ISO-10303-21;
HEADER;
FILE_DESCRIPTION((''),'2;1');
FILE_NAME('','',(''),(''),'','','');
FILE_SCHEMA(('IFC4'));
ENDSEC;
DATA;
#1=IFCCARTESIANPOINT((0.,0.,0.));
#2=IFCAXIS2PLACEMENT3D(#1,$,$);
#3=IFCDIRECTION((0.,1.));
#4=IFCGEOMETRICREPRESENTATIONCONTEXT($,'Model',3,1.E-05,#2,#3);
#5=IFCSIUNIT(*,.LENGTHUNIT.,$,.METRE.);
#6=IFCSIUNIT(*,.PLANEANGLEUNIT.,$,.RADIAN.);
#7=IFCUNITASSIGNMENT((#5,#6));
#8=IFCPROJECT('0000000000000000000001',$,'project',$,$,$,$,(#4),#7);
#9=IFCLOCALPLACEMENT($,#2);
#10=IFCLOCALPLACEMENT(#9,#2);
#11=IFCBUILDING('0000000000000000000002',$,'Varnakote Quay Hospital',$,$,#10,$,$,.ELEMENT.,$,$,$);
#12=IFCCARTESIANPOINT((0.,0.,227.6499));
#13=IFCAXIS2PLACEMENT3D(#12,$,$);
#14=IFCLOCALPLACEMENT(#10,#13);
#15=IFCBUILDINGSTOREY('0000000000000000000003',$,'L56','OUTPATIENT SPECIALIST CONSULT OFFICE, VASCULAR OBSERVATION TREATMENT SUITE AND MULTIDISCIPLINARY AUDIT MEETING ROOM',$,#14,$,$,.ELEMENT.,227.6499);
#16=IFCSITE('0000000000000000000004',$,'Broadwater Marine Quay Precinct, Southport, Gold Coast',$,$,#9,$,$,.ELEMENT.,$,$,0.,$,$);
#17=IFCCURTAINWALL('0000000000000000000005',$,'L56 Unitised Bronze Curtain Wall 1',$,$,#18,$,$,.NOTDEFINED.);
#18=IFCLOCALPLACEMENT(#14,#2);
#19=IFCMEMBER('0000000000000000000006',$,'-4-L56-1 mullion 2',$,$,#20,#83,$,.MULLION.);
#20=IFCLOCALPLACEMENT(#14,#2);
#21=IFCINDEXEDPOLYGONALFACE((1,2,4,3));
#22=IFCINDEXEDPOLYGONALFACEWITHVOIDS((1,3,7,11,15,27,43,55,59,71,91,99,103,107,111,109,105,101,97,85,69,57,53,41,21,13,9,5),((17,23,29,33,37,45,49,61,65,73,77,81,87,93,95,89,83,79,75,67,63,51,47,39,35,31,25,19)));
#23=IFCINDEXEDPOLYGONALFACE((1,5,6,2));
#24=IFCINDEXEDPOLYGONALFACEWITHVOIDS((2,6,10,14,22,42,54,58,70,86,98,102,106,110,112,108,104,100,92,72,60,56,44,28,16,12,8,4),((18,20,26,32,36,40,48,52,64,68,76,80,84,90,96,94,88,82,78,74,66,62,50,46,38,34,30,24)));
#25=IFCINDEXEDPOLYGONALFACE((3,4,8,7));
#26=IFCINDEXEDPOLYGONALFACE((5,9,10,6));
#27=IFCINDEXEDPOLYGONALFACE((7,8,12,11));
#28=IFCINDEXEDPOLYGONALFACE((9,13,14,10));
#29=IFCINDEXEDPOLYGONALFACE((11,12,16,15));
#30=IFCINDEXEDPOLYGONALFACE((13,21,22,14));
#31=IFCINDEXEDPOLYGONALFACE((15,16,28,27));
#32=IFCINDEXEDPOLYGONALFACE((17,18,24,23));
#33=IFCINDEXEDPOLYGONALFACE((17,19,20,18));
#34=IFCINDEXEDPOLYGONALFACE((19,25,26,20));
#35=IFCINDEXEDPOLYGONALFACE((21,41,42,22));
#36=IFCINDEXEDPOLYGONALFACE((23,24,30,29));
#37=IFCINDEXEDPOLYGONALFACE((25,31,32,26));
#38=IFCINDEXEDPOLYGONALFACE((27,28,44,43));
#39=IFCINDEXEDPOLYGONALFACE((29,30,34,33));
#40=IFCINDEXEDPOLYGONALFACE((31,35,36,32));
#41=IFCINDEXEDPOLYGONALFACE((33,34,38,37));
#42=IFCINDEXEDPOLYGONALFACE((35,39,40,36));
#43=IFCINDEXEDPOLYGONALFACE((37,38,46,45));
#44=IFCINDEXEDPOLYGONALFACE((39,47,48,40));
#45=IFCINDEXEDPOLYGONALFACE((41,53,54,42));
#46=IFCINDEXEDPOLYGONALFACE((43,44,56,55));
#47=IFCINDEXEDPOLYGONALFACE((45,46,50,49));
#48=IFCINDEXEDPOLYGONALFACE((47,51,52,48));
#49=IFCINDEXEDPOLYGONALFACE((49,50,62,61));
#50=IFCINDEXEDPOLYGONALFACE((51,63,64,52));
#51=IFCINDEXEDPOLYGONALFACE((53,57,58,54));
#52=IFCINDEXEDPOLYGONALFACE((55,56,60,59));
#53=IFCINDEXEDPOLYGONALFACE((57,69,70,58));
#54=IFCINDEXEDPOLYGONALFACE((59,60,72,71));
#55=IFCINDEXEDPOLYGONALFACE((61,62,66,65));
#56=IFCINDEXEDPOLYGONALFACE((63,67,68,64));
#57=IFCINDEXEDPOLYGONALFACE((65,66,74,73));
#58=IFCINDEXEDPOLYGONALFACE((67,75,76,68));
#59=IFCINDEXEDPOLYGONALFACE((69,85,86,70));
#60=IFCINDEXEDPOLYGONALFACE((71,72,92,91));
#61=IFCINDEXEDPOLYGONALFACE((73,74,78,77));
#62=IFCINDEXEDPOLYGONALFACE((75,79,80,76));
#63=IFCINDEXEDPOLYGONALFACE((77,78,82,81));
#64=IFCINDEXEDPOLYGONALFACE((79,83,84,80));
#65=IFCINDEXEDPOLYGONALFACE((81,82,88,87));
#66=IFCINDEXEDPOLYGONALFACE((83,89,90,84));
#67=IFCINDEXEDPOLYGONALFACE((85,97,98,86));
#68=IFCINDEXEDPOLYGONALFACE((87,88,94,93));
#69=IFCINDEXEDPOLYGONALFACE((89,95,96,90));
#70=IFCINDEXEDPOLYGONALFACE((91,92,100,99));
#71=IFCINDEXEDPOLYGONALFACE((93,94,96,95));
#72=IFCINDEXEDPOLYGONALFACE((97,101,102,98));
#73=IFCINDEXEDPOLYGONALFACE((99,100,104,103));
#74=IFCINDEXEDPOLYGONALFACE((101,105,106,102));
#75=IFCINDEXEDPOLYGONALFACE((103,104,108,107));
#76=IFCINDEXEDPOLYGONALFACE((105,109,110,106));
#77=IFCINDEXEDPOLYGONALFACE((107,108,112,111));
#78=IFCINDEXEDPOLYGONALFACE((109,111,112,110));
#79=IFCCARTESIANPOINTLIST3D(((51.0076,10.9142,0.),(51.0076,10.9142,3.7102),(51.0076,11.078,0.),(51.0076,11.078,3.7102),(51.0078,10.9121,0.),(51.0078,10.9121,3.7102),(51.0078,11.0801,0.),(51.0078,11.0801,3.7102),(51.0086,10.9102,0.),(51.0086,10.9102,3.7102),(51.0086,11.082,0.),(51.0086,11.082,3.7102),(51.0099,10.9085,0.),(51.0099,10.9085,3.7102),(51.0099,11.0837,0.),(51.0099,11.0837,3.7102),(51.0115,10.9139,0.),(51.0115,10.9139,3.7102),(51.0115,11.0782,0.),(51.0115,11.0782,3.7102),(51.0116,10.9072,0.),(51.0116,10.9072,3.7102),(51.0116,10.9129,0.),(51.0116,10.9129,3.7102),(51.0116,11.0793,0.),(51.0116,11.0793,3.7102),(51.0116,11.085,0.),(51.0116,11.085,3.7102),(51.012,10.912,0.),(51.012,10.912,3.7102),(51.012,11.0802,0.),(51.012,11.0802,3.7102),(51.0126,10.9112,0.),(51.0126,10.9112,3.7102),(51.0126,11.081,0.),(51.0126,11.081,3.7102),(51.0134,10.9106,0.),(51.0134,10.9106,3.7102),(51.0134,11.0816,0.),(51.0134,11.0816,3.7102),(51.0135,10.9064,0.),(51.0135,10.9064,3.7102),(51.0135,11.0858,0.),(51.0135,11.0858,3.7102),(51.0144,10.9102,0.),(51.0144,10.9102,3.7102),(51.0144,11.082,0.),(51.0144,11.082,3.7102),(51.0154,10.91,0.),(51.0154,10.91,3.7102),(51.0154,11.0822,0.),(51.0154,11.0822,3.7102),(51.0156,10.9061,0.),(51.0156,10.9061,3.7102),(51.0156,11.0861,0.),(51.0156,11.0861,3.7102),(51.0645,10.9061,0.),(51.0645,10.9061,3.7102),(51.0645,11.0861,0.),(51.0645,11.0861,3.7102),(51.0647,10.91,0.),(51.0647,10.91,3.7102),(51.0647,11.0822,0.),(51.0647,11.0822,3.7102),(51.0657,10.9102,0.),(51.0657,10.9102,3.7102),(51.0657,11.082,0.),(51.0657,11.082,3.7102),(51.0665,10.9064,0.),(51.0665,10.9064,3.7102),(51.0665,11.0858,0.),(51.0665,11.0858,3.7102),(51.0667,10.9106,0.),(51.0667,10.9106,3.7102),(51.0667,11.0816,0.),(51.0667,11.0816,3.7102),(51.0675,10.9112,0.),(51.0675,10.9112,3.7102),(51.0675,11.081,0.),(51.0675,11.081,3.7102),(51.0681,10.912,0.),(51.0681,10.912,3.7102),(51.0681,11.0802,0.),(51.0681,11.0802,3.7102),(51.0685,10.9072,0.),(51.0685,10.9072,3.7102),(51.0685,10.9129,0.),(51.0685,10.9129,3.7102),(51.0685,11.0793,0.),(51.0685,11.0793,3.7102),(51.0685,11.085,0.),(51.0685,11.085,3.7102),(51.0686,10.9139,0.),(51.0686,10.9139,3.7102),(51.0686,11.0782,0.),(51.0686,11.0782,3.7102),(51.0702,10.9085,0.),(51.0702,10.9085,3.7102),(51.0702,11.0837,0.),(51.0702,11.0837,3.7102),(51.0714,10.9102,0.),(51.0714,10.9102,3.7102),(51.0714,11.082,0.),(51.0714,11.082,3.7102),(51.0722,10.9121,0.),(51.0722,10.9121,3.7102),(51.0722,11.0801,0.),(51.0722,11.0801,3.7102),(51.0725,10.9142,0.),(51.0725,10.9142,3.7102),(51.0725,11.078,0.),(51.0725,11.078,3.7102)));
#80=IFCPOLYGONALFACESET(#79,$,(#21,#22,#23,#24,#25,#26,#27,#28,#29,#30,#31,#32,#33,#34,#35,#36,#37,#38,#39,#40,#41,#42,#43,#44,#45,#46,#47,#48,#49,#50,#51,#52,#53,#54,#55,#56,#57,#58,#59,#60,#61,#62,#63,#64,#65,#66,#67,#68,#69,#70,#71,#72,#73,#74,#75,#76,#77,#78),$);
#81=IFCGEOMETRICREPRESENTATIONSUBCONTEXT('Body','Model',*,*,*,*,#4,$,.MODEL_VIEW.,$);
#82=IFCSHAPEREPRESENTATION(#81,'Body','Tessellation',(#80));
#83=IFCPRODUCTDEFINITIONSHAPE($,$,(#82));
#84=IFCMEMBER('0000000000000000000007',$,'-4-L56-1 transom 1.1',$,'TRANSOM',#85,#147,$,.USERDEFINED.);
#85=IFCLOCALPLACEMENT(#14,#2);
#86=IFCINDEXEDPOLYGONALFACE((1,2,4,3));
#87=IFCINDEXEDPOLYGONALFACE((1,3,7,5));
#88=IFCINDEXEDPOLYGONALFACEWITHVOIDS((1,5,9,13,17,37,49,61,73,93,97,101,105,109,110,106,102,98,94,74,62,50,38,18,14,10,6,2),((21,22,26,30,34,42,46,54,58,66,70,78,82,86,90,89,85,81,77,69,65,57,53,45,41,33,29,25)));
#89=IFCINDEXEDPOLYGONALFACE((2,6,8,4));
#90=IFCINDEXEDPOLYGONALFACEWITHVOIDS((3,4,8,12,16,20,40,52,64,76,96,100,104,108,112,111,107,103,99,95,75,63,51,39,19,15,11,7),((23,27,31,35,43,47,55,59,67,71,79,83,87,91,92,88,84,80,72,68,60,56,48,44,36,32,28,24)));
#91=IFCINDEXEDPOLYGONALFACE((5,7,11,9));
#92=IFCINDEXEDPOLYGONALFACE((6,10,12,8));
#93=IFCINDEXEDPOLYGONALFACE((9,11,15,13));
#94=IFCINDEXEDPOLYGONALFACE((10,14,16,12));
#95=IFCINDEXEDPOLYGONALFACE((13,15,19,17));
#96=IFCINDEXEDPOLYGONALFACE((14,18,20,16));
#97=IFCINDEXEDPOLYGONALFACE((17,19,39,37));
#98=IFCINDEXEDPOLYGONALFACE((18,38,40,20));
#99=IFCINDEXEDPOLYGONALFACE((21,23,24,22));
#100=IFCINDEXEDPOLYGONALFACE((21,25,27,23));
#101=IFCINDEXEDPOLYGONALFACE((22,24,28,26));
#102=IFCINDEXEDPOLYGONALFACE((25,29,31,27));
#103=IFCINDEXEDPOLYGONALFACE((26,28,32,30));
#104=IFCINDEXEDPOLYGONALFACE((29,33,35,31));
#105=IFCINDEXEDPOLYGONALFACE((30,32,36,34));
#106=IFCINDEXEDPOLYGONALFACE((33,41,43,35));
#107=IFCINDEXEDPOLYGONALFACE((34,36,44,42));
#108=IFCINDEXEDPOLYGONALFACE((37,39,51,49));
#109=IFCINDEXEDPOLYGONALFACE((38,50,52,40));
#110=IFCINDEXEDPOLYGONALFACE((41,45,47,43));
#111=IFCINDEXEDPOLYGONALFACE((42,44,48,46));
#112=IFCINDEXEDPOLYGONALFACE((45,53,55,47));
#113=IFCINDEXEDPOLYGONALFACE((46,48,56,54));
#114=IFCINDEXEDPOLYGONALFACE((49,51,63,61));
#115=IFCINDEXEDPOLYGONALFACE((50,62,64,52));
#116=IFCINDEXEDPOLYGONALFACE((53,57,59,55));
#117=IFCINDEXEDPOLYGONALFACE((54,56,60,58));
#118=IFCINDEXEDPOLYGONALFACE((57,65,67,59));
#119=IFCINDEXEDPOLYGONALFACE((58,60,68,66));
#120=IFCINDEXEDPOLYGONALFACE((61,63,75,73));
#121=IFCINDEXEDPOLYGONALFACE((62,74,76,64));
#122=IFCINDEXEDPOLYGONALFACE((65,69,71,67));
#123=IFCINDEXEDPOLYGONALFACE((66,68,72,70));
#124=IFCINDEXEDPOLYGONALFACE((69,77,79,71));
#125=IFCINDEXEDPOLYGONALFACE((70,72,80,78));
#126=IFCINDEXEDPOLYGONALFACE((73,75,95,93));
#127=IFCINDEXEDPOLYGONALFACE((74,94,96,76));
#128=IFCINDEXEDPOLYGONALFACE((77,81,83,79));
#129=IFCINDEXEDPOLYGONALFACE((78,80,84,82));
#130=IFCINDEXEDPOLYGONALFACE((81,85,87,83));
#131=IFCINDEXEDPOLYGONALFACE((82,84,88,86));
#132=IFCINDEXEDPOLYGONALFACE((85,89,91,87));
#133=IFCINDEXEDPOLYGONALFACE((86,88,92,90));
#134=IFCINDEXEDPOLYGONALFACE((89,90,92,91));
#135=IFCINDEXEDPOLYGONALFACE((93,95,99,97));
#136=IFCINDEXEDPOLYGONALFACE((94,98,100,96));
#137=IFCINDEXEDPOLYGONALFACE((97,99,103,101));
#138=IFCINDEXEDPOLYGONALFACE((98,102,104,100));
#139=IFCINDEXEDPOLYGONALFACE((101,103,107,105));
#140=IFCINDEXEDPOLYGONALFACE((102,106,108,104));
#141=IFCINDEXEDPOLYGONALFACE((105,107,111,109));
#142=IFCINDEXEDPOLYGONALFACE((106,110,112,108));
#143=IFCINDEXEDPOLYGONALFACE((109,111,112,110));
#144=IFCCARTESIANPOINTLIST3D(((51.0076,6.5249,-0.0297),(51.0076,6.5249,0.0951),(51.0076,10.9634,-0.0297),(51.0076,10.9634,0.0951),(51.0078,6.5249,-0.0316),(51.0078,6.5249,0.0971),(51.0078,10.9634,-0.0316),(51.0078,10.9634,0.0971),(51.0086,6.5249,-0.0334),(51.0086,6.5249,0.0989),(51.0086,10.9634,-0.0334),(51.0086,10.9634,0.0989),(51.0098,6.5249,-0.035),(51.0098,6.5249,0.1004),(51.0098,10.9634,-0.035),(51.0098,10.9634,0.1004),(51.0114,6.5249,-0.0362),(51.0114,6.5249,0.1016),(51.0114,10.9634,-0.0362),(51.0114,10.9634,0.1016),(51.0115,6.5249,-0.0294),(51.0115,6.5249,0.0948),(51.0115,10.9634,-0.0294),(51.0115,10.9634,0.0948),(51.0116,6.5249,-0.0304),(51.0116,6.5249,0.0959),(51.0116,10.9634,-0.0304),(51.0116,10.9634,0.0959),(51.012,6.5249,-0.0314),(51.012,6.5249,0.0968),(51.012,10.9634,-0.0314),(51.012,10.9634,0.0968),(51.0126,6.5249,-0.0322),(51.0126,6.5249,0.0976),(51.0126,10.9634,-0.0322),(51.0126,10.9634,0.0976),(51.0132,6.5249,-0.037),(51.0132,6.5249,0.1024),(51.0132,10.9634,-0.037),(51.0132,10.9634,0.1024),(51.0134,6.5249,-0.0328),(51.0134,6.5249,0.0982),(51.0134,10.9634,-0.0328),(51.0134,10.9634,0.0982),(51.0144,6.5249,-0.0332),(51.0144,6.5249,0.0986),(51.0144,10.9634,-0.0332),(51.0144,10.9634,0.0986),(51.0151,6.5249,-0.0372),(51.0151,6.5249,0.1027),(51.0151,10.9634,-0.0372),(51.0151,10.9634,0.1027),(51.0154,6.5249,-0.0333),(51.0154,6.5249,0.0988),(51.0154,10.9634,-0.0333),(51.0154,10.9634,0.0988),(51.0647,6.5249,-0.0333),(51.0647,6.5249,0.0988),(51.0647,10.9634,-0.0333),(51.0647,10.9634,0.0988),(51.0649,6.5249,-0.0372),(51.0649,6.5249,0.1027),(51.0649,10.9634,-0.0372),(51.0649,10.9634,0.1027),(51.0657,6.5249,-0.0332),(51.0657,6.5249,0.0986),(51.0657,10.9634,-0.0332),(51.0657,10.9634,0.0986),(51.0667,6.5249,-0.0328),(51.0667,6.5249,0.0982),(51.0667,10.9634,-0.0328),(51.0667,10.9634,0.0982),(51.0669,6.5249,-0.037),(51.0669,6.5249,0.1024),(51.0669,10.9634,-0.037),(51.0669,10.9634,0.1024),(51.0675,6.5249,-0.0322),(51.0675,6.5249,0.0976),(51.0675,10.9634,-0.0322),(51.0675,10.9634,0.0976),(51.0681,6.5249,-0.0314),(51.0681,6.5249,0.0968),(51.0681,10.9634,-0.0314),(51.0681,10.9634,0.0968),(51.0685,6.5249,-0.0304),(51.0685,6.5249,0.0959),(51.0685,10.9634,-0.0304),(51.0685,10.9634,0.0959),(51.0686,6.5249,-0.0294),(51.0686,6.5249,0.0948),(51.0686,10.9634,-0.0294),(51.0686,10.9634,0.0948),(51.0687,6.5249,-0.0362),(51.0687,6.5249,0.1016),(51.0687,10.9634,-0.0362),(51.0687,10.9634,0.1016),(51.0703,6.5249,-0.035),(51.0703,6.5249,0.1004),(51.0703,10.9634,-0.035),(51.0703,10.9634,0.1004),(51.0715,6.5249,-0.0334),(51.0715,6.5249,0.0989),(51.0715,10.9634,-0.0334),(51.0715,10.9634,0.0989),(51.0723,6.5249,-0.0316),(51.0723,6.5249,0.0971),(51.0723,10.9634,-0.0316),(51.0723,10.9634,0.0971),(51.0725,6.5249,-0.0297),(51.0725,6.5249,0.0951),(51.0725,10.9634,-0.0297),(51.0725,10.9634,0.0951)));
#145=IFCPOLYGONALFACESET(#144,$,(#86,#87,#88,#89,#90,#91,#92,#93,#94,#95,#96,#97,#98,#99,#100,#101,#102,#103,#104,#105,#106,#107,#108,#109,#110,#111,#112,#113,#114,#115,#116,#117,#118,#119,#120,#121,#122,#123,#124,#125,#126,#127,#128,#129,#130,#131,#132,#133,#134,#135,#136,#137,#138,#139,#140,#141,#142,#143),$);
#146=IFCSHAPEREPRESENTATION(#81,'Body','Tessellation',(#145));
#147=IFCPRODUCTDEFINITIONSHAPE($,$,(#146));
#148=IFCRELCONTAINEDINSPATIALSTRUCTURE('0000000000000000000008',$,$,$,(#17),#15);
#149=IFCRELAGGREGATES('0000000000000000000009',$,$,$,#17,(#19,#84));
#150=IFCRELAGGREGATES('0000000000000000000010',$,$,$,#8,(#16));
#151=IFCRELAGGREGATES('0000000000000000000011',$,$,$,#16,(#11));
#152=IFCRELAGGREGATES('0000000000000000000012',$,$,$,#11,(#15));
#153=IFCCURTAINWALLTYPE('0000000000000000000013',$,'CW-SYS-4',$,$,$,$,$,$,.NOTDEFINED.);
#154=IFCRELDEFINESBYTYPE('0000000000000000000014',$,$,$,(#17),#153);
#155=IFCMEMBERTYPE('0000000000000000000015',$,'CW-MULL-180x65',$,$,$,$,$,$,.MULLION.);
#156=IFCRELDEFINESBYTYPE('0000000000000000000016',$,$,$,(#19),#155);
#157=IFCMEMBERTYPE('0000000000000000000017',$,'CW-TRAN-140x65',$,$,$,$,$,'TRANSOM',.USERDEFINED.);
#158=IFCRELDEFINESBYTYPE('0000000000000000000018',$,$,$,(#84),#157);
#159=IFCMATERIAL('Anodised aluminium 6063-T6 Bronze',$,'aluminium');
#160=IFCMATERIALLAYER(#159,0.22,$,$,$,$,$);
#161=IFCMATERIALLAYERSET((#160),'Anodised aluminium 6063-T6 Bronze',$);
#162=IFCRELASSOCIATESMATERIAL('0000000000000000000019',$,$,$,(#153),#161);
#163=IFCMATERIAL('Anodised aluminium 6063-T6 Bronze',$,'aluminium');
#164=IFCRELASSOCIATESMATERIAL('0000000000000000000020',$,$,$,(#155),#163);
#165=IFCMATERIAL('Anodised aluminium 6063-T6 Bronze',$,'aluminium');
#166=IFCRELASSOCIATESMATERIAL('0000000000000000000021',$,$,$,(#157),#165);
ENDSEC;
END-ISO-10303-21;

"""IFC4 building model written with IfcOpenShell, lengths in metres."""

from ifc_helpers import new_model, si_unit, direction, frame, origin, origin_2d, place, context, subcontext, project, spatial, hollow_rectangle, extrude, material, layer, layer_set, material_profile, profile_set, type_object, element, aggregate, save


model = new_model("IFC4")

# Units and contexts
model_context = context("Model", 3, precision=1e-05, world=origin(), true_north=direction((0.0, 1.0)))
body_context = subcontext(model_context, "Body", "Model", "MODEL_VIEW")
ifc_project = project(units=[si_unit("LENGTHUNIT", "METRE"), si_unit("PLANEANGLEUNIT", "RADIAN")], contexts=[model_context])

# Site, building, storey
site_placement = place(None, origin())
site = spatial("IfcSite", under=ifc_project, at=site_placement, Name="Broadwater Marine Quay Precinct, Southport, Gold Coast", CompositionType="ELEMENT", RefElevation=0.0)
building_placement = place(site_placement, origin())
building = spatial("IfcBuilding", under=site, at=building_placement, Name="Varnakote Quay Hospital", CompositionType="ELEMENT")
storey_placement = place(building_placement, frame((0.0, 0.0, 227.6499)))
storey = spatial("IfcBuildingStorey", under=building, at=storey_placement, Name="L56", Description="OUTPATIENT SPECIALIST CONSULT OFFICE, VASCULAR OBSERVATION TREATMENT SUITE AND MULTIDISCIPLINARY AUDIT MEETING ROOM", CompositionType="ELEMENT", Elevation=227.6499)

# Curtain wall, members
ifc_material_1 = material(Name="Anodised aluminium 6063-T6 Bronze", Category="aluminium")
ifc_layer_1 = layer(ifc_material_1, 0.22)
ifc_layer_set_1 = layer_set([ifc_layer_1], Name="Anodised aluminium 6063-T6 Bronze")
curtain_wall_type = type_object("IfcCurtainWallType", Name="CW-SYS-4", PredefinedType="NOTDEFINED", material=ifc_layer_set_1)
curtain_wall_placement = place(storey_placement, origin())
curtain_wall = element("IfcCurtainWall", 1, at=curtain_wall_placement, inside=storey, type_object=curtain_wall_type, Name="L56 Unitised Bronze Curtain Wall 1", PredefinedType="NOTDEFINED")
ifc_material_2 = material(Name="Anodised aluminium 6063-T6 Bronze", Category="aluminium")
ifc_material_profile_1 = material_profile(ifc_material_2, hollow_rectangle(XDim=0.0649, YDim=0.1799, WallThickness=0.0039, InnerFilletRadius=0.0039, OuterFilletRadius=0.0081, at=origin_2d()), Name="CW-MULL-180x65")
ifc_profile_set_1 = profile_set([ifc_material_profile_1], Name="Anodised aluminium 6063-T6 Bronze")
member_type_1 = type_object("IfcMemberType", Name="CW-MULL-180x65", PredefinedType="MULLION", material=ifc_profile_set_1)
member_1_placement = place(storey_placement, frame((51.04, 10.9961, 0.0), z_axis=(0.0, 0.0, 1.0), x_axis=(-1.0, 0.0, 0.0)))
member_1 = element("IfcMember", 2, at=member_1_placement, type_object=member_type_1, Name="-4-L56-1 mullion 2", PredefinedType="MULLION", context=body_context, shape_type="SweptSolid", body=[
    extrude(hollow_rectangle(XDim=0.0649, YDim=0.1799, WallThickness=0.0039, InnerFilletRadius=0.0039, OuterFilletRadius=0.0081, at=origin_2d()), origin(), (0.0, 0.0, 1.0), 3.7102),
])
ifc_material_3 = material(Name="Anodised aluminium 6063-T6 Bronze", Category="aluminium")
ifc_material_profile_2 = material_profile(ifc_material_3, hollow_rectangle(XDim=0.0649, YDim=0.1399, WallThickness=0.0039, InnerFilletRadius=0.0039, OuterFilletRadius=0.0076, at=origin_2d()), Name="CW-TRAN-140x65")
ifc_profile_set_2 = profile_set([ifc_material_profile_2], Name="Anodised aluminium 6063-T6 Bronze")
member_type_2 = type_object("IfcMemberType", Name="CW-TRAN-140x65", ElementType="TRANSOM", PredefinedType="USERDEFINED", material=ifc_profile_set_2)
member_2_placement = place(storey_placement, frame((51.04, 6.5249, 0.0327), z_axis=(0.0, 1.0, 0.0), x_axis=(-1.0, 0.0, 0.0)))
member_2 = element("IfcMember", 3, at=member_2_placement, type_object=member_type_2, Name="-4-L56-1 transom 1.1", ObjectType="TRANSOM", PredefinedType="USERDEFINED", context=body_context, shape_type="SweptSolid", body=[
    extrude(hollow_rectangle(XDim=0.0649, YDim=0.1399, WallThickness=0.0039, InnerFilletRadius=0.0039, OuterFilletRadius=0.0076, at=origin_2d()), origin(), (0.0, 0.0, 1.0), 4.4385),
])
aggregate(curtain_wall, [member_1, member_2])

save(model, "model.ifc")
